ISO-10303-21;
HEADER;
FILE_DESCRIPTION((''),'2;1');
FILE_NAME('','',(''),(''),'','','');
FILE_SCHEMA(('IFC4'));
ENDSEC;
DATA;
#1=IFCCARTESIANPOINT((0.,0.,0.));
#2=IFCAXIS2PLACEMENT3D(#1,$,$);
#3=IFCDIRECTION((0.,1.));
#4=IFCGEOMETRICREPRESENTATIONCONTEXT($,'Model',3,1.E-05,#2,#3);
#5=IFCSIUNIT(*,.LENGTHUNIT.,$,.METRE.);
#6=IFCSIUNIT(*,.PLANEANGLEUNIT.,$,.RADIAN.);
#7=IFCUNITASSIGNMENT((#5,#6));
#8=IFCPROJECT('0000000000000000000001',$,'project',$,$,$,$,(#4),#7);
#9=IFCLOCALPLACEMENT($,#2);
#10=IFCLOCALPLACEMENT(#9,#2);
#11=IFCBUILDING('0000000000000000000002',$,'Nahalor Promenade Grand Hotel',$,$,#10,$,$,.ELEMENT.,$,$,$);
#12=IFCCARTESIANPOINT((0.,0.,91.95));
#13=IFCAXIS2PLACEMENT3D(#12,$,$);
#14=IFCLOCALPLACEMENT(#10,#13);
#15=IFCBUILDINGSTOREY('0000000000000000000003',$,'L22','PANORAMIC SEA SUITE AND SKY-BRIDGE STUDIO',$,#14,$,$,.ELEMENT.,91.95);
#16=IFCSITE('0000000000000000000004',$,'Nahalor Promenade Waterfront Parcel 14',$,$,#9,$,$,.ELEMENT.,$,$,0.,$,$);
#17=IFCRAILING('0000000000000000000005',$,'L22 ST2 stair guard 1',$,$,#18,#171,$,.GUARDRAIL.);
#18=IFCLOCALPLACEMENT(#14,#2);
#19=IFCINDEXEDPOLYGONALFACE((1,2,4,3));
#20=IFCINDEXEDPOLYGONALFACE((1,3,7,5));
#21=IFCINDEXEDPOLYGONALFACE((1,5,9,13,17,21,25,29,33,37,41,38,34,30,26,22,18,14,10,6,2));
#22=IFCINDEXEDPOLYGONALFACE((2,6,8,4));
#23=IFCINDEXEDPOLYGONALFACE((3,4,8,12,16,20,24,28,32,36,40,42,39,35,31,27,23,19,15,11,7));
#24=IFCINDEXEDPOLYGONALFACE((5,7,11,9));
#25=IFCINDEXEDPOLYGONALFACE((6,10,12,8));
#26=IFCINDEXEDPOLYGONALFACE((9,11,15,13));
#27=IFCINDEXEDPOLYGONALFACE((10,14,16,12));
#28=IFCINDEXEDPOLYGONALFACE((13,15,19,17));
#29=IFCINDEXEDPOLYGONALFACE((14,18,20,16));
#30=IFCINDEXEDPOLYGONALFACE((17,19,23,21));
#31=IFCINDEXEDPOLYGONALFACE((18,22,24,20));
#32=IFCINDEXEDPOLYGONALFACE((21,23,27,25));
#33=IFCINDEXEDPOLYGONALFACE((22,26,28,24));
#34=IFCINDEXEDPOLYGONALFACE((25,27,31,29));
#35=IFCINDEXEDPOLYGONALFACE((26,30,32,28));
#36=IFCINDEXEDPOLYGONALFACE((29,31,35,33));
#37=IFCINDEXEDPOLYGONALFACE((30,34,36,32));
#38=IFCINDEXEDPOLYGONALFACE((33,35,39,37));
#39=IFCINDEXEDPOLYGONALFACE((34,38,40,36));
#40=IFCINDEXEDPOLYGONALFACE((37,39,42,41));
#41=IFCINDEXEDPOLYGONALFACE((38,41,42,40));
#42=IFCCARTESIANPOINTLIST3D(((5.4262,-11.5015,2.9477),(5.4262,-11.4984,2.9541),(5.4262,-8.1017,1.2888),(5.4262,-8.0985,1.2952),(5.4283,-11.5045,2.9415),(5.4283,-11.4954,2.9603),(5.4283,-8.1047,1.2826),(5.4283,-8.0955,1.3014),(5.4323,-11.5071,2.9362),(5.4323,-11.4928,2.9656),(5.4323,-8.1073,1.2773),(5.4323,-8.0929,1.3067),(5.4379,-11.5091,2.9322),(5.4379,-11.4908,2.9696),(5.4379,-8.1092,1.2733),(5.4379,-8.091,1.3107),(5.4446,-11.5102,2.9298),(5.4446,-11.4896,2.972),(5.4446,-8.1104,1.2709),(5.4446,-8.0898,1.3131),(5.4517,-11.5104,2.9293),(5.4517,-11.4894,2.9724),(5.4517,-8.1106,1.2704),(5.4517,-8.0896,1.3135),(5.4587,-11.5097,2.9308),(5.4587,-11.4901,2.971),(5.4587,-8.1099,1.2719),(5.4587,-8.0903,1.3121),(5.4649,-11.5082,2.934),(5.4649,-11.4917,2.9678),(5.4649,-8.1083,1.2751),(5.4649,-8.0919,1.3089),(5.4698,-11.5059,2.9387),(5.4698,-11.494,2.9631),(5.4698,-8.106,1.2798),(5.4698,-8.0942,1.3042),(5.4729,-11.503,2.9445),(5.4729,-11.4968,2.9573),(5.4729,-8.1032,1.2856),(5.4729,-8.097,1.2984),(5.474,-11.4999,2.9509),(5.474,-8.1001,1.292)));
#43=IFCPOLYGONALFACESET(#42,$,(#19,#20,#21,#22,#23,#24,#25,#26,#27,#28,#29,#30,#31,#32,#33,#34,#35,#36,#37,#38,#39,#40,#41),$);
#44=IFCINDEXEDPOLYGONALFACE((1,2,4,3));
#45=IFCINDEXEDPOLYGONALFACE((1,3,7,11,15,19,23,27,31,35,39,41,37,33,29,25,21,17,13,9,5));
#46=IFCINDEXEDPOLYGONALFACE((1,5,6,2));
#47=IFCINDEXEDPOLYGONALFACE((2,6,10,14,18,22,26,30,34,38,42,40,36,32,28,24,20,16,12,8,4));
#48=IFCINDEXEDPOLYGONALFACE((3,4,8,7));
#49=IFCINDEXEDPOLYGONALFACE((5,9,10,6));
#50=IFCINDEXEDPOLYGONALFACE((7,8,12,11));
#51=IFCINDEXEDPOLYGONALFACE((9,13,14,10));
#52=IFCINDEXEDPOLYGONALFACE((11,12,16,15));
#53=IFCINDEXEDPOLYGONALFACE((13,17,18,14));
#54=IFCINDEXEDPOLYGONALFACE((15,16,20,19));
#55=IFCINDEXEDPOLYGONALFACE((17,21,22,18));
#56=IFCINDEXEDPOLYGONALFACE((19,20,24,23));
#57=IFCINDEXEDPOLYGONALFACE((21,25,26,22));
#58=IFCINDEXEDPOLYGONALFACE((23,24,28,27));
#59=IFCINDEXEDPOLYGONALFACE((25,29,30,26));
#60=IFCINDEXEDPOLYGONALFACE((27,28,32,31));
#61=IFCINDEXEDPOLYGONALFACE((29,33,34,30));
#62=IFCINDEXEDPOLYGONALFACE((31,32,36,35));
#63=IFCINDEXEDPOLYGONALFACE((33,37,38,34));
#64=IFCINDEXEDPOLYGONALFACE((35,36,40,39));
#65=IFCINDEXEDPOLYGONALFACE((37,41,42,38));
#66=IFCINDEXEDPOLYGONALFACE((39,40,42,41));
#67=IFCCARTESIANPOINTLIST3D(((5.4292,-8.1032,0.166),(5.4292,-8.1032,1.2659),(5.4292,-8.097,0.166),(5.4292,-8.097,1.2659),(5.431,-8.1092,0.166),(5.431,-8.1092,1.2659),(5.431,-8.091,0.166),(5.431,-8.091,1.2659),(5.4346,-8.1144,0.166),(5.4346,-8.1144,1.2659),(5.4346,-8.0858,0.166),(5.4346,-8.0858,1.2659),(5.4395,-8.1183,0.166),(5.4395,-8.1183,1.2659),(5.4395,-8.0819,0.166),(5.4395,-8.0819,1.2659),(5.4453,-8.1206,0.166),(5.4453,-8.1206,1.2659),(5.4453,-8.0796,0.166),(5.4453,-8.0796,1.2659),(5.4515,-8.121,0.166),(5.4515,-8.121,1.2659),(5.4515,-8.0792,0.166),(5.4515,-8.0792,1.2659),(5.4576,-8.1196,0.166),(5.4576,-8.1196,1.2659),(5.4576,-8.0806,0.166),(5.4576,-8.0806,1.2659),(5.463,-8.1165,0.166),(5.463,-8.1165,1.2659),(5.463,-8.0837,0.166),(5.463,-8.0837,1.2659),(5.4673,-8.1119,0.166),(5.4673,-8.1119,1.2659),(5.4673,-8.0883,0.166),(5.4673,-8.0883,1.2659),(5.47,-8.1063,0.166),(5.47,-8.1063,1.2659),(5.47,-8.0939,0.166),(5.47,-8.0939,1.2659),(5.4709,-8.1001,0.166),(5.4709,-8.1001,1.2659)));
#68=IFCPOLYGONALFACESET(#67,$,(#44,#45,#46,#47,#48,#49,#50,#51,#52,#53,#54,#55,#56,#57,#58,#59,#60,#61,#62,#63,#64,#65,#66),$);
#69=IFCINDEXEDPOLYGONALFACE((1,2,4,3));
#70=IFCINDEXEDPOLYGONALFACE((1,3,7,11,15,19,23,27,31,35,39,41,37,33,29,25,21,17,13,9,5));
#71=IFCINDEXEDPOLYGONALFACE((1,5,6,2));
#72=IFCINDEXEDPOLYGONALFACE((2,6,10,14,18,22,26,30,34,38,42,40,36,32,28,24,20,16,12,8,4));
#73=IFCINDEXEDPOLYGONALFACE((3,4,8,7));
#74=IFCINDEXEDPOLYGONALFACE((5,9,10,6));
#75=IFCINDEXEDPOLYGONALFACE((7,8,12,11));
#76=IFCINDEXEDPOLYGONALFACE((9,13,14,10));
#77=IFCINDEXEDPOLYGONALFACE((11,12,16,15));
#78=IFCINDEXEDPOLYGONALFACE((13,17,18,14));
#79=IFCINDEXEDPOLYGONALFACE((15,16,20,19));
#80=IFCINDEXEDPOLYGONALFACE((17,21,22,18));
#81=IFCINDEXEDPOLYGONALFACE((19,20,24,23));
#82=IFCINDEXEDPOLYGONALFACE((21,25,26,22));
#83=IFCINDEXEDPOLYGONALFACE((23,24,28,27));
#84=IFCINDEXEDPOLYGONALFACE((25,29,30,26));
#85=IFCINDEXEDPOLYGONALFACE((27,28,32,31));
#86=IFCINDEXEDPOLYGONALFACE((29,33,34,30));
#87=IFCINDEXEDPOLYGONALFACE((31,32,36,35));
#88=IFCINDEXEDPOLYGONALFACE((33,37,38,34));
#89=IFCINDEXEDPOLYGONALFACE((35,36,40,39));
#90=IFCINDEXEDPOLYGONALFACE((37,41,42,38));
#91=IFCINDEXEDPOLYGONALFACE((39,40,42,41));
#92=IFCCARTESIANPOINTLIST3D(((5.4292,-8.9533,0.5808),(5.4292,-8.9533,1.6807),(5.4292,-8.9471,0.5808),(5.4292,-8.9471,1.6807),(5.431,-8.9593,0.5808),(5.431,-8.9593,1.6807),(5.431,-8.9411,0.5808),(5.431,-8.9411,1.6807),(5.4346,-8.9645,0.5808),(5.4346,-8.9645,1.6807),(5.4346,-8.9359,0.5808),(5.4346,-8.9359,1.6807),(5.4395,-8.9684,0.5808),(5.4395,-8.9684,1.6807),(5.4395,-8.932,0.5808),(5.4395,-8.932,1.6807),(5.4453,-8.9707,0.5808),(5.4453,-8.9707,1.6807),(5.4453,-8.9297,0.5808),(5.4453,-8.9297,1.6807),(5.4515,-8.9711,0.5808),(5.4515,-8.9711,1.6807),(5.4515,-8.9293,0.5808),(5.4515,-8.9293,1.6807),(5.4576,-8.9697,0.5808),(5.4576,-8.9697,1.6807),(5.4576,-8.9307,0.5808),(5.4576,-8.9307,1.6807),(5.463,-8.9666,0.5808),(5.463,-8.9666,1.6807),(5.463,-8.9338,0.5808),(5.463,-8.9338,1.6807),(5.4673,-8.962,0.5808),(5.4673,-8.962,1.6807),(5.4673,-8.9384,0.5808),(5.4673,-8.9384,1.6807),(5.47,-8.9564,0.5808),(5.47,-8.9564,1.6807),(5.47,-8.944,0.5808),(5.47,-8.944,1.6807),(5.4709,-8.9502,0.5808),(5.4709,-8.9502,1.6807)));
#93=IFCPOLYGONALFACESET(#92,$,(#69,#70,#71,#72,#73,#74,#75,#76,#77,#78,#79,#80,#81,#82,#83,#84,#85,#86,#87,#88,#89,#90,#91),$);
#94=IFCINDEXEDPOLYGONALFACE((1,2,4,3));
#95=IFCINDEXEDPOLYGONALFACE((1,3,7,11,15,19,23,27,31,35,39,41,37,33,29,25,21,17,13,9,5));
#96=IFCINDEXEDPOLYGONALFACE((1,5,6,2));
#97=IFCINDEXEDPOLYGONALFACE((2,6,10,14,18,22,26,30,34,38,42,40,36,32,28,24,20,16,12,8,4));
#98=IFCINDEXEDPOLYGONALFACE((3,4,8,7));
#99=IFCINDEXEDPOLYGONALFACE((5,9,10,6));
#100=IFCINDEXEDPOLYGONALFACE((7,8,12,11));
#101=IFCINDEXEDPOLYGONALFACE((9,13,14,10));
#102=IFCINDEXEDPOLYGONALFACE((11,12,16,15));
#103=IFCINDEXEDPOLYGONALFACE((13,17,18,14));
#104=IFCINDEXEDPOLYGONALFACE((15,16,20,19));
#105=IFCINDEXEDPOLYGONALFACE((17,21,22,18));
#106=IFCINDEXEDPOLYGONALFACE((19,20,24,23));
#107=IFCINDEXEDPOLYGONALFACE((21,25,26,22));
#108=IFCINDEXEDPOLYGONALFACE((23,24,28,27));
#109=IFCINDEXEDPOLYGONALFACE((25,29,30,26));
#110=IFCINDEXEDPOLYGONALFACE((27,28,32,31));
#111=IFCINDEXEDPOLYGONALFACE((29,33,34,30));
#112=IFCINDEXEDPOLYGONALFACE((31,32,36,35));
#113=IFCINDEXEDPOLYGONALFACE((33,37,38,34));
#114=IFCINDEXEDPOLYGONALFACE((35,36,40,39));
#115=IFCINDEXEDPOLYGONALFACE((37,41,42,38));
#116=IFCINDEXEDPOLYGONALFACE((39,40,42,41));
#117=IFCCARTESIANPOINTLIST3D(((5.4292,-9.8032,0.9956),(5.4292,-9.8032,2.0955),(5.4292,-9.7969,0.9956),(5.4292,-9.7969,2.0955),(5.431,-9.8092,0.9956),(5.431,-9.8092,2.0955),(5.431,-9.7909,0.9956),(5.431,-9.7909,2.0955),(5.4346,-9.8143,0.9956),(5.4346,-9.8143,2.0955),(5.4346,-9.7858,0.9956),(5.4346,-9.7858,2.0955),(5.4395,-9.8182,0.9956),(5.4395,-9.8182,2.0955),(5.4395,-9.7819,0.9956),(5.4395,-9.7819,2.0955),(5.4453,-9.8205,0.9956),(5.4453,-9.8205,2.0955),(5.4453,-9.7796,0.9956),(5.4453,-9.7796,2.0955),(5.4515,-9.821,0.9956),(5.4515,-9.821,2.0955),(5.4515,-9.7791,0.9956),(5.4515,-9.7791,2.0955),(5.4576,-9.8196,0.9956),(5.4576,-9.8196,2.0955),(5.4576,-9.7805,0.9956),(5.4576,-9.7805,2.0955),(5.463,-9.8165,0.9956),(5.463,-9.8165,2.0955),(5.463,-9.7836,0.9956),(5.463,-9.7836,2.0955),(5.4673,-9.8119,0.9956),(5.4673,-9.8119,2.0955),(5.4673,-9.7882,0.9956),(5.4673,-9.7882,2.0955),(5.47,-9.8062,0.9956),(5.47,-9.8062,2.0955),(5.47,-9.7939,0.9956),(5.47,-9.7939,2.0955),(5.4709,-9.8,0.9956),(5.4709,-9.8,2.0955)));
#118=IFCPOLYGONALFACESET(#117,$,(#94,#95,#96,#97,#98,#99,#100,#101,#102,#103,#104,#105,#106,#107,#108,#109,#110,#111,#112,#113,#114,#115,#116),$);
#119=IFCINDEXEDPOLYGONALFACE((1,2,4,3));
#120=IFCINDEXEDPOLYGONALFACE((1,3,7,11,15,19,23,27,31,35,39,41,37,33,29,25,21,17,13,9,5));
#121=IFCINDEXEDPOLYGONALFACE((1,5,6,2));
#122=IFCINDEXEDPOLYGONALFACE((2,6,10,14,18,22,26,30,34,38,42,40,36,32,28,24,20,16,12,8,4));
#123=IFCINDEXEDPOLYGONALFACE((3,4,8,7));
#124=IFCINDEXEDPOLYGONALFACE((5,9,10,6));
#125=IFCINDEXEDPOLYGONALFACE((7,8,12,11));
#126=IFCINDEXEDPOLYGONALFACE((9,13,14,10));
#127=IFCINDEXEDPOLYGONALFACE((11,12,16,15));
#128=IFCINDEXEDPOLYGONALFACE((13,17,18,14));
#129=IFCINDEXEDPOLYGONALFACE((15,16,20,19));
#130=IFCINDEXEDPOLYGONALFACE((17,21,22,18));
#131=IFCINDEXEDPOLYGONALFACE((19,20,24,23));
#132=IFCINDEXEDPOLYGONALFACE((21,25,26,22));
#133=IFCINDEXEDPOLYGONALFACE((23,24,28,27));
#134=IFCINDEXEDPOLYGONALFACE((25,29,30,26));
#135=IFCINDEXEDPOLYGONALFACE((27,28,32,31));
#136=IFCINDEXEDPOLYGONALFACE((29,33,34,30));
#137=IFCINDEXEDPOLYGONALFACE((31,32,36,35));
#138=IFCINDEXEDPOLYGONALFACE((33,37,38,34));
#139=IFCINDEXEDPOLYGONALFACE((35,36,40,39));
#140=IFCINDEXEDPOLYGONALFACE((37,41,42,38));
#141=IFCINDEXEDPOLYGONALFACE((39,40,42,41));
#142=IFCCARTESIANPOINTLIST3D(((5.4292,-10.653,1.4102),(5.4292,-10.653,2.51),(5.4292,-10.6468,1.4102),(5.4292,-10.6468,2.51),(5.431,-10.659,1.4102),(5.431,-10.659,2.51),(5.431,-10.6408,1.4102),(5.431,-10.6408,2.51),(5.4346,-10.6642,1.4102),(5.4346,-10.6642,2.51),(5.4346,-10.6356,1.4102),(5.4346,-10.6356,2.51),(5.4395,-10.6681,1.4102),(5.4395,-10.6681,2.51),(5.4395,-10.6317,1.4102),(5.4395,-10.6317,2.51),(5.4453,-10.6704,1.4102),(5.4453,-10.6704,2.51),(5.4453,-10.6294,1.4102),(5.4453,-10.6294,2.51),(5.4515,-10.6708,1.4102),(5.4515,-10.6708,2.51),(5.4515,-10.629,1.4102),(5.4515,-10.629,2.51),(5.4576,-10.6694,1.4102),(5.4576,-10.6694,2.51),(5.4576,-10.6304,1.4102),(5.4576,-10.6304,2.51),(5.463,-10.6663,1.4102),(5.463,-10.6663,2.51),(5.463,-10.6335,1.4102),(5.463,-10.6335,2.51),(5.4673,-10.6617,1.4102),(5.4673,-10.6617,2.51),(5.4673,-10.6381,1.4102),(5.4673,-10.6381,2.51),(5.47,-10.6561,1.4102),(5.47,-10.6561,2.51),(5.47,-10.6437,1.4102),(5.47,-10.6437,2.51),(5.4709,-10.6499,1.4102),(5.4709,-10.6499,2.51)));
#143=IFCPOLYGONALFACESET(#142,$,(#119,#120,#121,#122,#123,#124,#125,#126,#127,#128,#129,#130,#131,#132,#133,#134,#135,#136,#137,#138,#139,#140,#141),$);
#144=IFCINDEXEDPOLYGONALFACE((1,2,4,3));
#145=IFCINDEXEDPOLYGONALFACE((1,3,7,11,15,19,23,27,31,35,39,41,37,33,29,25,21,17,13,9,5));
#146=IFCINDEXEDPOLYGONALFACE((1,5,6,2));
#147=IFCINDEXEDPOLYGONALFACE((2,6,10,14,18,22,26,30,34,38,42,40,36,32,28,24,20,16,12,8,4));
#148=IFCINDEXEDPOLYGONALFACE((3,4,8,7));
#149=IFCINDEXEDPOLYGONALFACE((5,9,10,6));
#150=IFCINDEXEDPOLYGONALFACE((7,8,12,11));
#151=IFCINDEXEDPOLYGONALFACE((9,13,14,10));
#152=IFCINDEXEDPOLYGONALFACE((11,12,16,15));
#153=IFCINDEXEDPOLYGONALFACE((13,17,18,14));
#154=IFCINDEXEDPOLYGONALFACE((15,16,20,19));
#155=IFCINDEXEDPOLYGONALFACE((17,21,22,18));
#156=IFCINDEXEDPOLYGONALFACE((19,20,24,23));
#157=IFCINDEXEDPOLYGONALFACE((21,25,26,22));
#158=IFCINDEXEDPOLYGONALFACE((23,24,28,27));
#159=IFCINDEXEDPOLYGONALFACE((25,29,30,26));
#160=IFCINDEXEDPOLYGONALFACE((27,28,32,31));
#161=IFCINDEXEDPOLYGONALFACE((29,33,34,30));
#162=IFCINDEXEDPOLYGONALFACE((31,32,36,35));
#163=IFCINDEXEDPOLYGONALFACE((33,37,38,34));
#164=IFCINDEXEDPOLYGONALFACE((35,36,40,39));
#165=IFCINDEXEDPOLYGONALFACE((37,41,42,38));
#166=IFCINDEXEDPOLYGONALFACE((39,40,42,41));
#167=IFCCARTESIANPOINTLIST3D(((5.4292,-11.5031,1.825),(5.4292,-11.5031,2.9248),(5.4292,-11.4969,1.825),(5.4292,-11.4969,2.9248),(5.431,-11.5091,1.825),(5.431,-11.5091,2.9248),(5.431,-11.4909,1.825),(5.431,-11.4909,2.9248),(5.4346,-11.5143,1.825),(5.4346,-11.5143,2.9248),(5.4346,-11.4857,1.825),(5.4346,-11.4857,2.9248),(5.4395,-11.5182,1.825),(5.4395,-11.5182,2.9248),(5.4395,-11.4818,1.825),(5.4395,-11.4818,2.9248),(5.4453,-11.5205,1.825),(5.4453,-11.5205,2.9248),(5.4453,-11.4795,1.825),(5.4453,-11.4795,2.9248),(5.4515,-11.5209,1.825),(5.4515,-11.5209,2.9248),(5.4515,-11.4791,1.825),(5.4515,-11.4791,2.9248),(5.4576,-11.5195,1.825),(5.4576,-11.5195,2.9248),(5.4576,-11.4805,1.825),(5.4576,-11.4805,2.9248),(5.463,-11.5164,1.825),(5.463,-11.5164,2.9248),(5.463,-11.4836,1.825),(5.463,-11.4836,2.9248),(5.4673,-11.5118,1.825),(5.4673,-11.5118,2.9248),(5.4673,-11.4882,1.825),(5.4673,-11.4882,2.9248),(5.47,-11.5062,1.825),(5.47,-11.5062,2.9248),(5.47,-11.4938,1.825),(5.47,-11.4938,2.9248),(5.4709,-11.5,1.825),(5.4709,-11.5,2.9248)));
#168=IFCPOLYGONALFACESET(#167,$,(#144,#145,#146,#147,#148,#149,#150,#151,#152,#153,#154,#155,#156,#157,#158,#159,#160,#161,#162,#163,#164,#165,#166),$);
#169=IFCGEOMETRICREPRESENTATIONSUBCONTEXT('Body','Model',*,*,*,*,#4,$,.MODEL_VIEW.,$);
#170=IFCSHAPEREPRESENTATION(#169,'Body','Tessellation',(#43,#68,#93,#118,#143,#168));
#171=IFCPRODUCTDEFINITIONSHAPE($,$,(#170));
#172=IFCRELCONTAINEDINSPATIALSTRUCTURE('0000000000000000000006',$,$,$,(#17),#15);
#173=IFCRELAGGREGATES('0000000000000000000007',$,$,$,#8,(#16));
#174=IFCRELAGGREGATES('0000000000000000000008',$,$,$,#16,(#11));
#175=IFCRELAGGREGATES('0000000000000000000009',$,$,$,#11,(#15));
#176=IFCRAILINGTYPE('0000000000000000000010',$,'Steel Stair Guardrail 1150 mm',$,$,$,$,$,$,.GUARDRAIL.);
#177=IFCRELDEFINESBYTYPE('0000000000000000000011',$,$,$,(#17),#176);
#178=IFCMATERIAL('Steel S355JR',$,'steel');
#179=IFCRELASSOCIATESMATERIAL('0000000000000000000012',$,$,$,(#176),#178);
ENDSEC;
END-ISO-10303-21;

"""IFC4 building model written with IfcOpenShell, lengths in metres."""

from ifc_helpers import new_model, si_unit, direction, frame, origin, origin_2d, place, context, subcontext, project, spatial, circle, extrude, material, type_object, element, save


model = new_model("IFC4")

# Units and contexts
model_context = context("Model", 3, precision=1e-05, world=origin(), true_north=direction((0.0, 1.0)))
body_context = subcontext(model_context, "Body", "Model", "MODEL_VIEW")
ifc_project = project(units=[si_unit("LENGTHUNIT", "METRE"), si_unit("PLANEANGLEUNIT", "RADIAN")], contexts=[model_context])

# Site, building, storey
site_placement = place(None, origin())
site = spatial("IfcSite", under=ifc_project, at=site_placement, Name="Nahalor Promenade Waterfront Parcel 14", CompositionType="ELEMENT", RefElevation=0.0)
building_placement = place(site_placement, origin())
building = spatial("IfcBuilding", under=site, at=building_placement, Name="Nahalor Promenade Grand Hotel", CompositionType="ELEMENT")
storey_placement = place(building_placement, frame((0.0, 0.0, 91.95)))
storey = spatial("IfcBuildingStorey", under=building, at=storey_placement, Name="L22", Description="PANORAMIC SEA SUITE AND SKY-BRIDGE STUDIO", CompositionType="ELEMENT", Elevation=91.95)

# Shared definitions
ifc_material_1 = material(Name="Steel S355JR", Category="steel")

# Railing
railing_type_1 = type_object("IfcRailingType", Name="Steel Stair Guardrail 1150 mm", PredefinedType="GUARDRAIL", material=ifc_material_1)
railing_1_placement = place(storey_placement, frame((5.45, -8.1001, 0.166)))
element("IfcRailing", 1, at=railing_1_placement, inside=storey, type_object=railing_type_1, Name="L22 ST2 stair guard 1", PredefinedType="GUARDRAIL", context=body_context, shape_type="SweptSolid", body=[
    extrude(circle(Radius=0.024, at=origin_2d()), frame((0.0, 0.0, 1.126), z_axis=(0.0, -0.898722, 0.438519), x_axis=(1.0, 0.0, 0.0)), (0.0, 0.0, 1.0), 3.783),
    extrude(circle(Radius=0.021, at=origin_2d()), origin(), (0.0, 0.0, 1.0), 1.0999),
    extrude(circle(Radius=0.021, at=origin_2d()), frame((0.0, -0.8501, 0.4148)), (0.0, 0.0, 1.0), 1.0999),
    extrude(circle(Radius=0.021, at=origin_2d()), frame((0.0, -1.7, 0.8296)), (0.0, 0.0, 1.0), 1.0999),
    extrude(circle(Radius=0.021, at=origin_2d()), frame((0.0, -2.5498, 1.2441)), (0.0, 0.0, 1.0), 1.0999),
    extrude(circle(Radius=0.021, at=origin_2d()), frame((0.0, -3.3999, 1.6589)), (0.0, 0.0, 1.0), 1.0999),
])

save(model, "model.ifc")
